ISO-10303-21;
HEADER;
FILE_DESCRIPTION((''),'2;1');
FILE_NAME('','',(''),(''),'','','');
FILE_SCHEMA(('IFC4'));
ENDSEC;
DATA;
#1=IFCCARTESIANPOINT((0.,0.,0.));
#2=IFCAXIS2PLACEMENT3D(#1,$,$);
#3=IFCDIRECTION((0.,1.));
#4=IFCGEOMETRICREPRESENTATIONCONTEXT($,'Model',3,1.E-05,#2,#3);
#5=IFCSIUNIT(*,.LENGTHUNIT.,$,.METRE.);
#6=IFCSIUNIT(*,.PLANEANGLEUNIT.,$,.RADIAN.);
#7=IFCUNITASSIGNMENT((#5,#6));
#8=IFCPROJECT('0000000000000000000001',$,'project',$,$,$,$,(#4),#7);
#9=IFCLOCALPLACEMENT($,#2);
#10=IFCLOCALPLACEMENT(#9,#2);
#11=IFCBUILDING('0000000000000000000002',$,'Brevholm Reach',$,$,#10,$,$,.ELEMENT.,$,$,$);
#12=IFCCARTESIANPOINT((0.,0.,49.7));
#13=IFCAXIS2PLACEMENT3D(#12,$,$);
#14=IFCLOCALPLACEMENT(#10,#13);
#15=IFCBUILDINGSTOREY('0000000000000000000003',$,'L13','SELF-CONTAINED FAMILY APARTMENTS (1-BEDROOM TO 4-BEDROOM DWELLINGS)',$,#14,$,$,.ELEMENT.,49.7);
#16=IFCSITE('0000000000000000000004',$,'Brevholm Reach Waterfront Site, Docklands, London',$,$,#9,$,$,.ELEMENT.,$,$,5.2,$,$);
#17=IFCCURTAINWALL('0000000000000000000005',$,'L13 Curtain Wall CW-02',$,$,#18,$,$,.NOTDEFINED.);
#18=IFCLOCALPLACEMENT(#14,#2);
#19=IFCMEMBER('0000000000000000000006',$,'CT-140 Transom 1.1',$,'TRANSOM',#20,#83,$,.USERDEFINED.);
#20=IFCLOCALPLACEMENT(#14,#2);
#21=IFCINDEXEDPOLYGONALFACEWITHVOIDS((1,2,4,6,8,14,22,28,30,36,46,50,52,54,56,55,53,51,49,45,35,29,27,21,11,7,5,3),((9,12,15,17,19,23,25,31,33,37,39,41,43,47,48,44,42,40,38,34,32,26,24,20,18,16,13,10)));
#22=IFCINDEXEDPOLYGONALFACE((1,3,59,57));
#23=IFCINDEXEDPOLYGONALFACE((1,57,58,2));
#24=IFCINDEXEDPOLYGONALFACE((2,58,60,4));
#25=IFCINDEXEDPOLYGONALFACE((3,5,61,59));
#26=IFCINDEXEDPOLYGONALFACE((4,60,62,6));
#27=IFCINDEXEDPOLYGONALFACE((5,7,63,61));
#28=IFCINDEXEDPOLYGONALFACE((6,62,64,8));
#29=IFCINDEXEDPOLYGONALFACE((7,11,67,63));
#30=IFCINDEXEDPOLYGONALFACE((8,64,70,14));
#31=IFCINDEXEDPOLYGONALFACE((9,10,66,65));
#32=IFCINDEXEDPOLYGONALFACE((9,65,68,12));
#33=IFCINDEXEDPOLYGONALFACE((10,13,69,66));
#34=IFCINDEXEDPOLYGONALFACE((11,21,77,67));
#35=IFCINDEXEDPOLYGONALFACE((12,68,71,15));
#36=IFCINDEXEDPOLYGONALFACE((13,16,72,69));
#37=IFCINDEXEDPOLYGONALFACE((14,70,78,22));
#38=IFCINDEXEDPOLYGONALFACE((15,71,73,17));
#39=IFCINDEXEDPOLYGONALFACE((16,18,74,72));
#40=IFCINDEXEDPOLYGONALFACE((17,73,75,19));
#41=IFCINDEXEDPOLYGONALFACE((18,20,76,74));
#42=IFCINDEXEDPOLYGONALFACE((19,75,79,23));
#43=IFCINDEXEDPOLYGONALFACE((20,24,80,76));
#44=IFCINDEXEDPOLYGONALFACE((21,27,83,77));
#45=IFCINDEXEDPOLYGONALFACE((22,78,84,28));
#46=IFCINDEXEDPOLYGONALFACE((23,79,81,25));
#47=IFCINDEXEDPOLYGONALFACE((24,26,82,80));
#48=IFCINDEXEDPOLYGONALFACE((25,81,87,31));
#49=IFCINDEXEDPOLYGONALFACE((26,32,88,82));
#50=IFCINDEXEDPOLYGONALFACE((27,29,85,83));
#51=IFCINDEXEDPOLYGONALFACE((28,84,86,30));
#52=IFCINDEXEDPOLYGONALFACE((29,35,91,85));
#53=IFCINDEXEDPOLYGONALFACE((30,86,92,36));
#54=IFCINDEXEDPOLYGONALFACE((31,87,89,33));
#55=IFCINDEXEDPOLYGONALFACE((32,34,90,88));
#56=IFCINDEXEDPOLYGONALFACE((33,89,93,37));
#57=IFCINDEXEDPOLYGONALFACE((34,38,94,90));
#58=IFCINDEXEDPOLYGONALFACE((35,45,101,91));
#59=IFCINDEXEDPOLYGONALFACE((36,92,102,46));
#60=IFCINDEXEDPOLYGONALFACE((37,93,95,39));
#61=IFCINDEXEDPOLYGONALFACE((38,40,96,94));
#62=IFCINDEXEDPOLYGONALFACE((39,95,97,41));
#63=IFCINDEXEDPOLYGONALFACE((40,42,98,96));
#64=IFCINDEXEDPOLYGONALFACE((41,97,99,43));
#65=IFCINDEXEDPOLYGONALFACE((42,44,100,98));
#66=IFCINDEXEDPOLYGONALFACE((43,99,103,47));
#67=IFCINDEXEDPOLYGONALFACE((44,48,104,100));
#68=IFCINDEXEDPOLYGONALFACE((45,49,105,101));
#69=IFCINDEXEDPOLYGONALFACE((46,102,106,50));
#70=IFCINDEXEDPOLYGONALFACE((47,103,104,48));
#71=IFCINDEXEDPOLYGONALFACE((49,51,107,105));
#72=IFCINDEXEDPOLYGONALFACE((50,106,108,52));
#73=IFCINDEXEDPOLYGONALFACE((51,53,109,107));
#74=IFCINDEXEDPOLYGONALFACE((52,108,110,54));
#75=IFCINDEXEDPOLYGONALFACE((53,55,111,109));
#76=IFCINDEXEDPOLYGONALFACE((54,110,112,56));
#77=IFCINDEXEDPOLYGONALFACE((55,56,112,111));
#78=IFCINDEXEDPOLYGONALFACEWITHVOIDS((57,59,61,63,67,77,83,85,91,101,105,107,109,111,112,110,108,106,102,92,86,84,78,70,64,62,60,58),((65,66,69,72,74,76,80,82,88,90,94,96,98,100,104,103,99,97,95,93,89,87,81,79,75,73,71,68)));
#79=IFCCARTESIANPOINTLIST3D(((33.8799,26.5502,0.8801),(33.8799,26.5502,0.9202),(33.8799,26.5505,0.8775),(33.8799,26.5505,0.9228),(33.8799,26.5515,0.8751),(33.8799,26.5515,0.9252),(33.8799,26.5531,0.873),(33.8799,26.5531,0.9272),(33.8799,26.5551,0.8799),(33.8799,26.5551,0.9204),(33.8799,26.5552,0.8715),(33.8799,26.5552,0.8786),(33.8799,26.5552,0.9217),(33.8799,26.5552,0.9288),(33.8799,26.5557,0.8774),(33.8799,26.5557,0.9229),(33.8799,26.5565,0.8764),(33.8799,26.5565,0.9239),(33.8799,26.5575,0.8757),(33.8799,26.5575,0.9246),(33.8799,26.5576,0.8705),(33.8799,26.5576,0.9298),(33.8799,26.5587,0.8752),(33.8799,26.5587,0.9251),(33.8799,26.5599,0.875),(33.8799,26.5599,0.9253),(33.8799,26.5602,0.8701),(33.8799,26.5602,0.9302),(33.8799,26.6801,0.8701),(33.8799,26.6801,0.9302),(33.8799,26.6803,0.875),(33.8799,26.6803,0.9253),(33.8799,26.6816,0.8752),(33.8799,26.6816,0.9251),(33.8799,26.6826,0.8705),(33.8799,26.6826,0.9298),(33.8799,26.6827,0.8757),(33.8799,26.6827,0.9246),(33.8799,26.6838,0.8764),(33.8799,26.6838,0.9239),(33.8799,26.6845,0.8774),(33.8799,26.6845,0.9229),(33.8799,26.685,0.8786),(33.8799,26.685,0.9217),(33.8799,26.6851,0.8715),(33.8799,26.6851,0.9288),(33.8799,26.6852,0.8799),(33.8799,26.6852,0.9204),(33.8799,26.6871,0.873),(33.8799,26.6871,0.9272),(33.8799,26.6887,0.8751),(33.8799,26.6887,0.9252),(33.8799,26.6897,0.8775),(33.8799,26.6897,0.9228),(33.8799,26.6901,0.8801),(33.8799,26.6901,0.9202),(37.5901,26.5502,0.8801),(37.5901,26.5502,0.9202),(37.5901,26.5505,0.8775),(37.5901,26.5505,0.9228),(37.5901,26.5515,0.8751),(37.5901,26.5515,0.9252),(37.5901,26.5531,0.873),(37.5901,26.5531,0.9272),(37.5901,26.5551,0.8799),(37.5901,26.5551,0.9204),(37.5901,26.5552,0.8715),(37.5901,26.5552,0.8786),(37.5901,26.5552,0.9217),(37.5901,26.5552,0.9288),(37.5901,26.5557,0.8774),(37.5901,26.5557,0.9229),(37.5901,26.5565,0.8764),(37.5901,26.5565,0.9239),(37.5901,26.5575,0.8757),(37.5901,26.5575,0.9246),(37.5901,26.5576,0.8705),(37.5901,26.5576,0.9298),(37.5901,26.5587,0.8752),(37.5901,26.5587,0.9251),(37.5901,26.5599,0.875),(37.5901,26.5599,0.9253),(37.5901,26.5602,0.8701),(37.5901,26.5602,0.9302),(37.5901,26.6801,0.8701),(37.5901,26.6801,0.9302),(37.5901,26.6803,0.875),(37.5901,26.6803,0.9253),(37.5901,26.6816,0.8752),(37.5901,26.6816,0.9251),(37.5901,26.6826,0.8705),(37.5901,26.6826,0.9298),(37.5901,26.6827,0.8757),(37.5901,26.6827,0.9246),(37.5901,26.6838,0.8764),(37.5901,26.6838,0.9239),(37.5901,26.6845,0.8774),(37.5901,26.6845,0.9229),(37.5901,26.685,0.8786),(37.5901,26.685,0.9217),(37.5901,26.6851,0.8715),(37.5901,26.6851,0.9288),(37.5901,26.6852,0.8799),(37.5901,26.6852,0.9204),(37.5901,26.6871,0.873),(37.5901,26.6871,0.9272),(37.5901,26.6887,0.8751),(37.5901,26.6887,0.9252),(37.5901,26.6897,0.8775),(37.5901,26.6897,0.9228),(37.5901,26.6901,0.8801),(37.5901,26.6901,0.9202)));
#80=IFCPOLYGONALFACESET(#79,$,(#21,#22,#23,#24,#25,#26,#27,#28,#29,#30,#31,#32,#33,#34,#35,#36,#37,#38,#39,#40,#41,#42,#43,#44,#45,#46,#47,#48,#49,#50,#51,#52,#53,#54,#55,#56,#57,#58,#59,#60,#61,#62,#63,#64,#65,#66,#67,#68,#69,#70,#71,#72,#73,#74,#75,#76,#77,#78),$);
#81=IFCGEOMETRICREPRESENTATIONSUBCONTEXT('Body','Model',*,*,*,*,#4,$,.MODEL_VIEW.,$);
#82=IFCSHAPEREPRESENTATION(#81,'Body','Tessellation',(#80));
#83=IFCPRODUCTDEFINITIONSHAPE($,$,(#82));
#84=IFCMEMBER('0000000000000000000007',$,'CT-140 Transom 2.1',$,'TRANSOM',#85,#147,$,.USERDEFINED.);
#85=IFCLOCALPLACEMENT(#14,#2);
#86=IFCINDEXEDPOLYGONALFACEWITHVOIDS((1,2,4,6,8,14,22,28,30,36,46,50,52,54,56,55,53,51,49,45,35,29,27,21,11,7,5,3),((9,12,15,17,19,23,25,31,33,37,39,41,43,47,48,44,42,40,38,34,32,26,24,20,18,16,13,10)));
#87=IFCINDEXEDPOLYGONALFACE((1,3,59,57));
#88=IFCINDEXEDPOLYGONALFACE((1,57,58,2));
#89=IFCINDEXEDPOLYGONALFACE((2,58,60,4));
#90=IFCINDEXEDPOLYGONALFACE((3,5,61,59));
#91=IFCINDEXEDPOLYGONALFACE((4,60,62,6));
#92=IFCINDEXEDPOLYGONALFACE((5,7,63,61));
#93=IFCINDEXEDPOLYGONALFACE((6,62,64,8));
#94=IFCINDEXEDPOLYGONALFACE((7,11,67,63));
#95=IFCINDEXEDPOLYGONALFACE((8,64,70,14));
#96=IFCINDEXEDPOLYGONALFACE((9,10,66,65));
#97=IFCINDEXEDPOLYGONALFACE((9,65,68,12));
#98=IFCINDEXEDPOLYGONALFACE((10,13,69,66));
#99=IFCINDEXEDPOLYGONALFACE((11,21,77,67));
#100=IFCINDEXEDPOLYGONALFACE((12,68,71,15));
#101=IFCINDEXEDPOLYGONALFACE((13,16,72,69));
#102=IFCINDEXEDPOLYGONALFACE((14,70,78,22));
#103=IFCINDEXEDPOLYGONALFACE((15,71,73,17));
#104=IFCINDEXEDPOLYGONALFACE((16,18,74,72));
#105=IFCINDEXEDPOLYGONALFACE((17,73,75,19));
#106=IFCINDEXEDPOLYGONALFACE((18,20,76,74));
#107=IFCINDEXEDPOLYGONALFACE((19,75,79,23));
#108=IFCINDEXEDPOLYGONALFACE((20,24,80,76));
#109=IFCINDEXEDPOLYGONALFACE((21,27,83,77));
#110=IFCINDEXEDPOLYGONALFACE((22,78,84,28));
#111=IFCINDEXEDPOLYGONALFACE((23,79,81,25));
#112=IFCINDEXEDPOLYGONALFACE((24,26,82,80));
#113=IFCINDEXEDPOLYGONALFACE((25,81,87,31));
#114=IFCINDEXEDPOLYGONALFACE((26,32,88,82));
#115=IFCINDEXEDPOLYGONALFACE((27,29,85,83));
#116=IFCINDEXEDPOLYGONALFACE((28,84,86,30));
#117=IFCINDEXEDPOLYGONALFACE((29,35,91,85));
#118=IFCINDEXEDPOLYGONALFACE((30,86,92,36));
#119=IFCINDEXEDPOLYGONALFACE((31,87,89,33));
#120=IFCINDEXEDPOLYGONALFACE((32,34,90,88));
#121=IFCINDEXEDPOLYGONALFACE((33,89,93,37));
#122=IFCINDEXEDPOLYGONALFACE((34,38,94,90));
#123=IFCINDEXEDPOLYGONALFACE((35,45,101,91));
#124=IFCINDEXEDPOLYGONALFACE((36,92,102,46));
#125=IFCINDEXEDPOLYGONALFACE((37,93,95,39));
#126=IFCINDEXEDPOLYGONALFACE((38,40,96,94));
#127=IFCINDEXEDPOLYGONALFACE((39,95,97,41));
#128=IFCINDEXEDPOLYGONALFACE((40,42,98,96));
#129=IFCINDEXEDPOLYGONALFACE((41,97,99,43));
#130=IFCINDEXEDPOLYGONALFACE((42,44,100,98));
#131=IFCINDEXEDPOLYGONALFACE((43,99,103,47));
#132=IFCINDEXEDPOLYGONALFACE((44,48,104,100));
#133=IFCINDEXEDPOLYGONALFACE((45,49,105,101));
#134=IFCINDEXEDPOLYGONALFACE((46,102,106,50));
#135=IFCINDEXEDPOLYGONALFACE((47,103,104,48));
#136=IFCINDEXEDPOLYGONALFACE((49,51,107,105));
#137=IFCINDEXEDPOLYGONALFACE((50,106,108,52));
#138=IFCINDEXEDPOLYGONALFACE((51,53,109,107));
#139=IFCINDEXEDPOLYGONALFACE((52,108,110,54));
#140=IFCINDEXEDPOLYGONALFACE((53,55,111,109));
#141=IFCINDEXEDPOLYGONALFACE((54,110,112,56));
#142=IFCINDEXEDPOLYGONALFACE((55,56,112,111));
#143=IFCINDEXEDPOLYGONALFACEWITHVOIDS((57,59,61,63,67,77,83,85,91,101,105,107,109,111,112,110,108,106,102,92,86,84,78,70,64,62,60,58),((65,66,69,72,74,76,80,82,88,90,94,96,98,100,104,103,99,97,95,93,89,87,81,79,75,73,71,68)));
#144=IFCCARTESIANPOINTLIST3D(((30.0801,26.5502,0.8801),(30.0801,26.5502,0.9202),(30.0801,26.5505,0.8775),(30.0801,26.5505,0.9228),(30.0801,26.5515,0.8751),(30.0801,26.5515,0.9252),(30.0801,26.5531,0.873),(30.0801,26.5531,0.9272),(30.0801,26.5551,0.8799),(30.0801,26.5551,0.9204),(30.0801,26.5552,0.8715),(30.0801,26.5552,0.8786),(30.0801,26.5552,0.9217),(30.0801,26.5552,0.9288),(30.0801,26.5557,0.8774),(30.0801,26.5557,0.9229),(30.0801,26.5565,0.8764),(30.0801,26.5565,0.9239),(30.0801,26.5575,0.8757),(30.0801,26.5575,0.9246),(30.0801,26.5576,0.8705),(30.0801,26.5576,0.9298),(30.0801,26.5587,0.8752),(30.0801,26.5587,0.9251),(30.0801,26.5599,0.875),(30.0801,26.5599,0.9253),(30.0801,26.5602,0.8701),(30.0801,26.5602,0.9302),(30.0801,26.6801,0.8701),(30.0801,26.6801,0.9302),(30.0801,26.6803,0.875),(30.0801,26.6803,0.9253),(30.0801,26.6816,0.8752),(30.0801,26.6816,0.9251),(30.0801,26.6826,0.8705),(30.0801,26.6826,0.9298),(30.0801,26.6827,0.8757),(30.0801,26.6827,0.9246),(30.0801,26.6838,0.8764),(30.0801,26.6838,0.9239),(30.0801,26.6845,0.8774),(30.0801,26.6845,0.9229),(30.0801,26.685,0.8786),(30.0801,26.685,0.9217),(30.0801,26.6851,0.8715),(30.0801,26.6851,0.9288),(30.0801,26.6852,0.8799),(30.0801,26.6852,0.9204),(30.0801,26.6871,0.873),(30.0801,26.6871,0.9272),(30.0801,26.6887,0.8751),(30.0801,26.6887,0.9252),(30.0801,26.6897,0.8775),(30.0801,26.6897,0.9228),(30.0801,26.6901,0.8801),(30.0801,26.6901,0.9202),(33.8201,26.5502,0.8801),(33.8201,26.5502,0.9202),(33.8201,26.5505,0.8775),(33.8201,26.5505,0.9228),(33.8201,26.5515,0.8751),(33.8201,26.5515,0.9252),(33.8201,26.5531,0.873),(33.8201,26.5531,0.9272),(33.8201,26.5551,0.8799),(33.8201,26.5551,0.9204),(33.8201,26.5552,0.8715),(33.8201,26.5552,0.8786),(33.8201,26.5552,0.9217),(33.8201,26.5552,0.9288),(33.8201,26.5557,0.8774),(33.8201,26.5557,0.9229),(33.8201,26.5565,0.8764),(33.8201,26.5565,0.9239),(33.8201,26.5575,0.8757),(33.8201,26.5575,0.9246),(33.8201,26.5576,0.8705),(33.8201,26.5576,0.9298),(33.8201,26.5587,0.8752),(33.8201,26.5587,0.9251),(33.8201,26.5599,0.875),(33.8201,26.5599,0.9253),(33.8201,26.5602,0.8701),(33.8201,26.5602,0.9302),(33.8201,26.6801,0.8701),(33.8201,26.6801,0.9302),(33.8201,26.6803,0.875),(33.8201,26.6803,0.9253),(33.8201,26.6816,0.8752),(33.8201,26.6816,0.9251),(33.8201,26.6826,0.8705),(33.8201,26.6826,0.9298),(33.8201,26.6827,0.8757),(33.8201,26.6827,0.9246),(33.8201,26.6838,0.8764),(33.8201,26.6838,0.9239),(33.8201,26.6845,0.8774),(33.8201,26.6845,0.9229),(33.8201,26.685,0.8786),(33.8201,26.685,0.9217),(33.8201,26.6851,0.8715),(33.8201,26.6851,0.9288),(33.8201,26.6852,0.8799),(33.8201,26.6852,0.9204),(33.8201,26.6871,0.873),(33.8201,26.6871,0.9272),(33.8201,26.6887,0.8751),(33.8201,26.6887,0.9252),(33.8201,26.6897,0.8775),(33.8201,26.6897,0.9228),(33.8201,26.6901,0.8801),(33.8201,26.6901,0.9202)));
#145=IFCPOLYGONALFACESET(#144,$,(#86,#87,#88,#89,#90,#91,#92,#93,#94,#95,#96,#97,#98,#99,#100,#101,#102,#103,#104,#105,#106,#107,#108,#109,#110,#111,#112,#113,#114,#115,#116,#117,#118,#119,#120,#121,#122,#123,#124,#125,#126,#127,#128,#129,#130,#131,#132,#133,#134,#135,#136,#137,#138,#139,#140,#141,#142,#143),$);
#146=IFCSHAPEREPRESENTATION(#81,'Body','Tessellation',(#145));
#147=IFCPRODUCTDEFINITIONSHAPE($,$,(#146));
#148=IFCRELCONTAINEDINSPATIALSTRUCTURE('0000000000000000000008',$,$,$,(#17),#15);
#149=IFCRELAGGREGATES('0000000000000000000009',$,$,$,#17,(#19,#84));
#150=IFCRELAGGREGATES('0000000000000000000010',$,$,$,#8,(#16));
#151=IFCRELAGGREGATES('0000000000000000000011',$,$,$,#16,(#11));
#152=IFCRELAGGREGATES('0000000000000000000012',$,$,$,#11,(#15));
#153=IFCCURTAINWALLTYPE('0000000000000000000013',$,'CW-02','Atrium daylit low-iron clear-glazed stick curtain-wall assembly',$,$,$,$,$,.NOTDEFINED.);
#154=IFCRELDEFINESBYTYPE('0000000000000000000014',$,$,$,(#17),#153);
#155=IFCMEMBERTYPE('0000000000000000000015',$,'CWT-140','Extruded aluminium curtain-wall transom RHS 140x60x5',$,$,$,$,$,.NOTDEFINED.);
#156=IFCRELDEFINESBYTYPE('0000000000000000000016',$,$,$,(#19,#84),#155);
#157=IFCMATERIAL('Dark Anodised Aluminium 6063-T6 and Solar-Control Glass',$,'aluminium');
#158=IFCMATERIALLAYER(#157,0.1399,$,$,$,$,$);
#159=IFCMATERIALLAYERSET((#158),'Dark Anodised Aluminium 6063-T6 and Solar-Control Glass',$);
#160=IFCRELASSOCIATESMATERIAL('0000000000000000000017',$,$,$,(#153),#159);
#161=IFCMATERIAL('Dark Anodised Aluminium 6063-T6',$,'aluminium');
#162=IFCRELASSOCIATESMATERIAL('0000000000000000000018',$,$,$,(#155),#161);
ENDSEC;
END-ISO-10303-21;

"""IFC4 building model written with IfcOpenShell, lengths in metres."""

from ifc_helpers import new_model, si_unit, direction, frame, origin, origin_2d, place, context, subcontext, project, spatial, hollow_rectangle, extrude, material, layer, layer_set, material_profile, profile_set, type_object, element, aggregate, save


model = new_model("IFC4")

# Units and contexts
model_context = context("Model", 3, precision=1e-05, world=origin(), true_north=direction((0.0, 1.0)))
body_context = subcontext(model_context, "Body", "Model", "MODEL_VIEW")
ifc_project = project(units=[si_unit("LENGTHUNIT", "METRE"), si_unit("PLANEANGLEUNIT", "RADIAN")], contexts=[model_context])

# Site, building, storey
site_placement = place(None, origin())
site = spatial("IfcSite", under=ifc_project, at=site_placement, Name="Brevholm Reach Waterfront Site, Docklands, London", CompositionType="ELEMENT", RefElevation=5.2)
building_placement = place(site_placement, origin())
building = spatial("IfcBuilding", under=site, at=building_placement, Name="Brevholm Reach", CompositionType="ELEMENT")
storey_placement = place(building_placement, frame((0.0, 0.0, 49.7)))
storey = spatial("IfcBuildingStorey", under=building, at=storey_placement, Name="L13", Description="SELF-CONTAINED FAMILY APARTMENTS (1-BEDROOM TO 4-BEDROOM DWELLINGS)", CompositionType="ELEMENT", Elevation=49.7)

# Curtain wall
ifc_material_1 = material(Name="Dark Anodised Aluminium 6063-T6 and Solar-Control Glass", Category="aluminium")
ifc_layer_1 = layer(ifc_material_1, 0.1399)
ifc_layer_set_1 = layer_set([ifc_layer_1], Name="Dark Anodised Aluminium 6063-T6 and Solar-Control Glass")
curtain_wall_type_1 = type_object("IfcCurtainWallType", Name="CW-02", Description="Atrium daylit low-iron clear-glazed stick curtain-wall assembly", PredefinedType="NOTDEFINED", material=ifc_layer_set_1)
curtain_wall_1_placement = place(storey_placement, origin())
curtain_wall_1 = element("IfcCurtainWall", 1, at=curtain_wall_1_placement, inside=storey, type_object=curtain_wall_type_1, Name="L13 Curtain Wall CW-02", PredefinedType="NOTDEFINED")

# Members
ifc_material_2 = material(Name="Dark Anodised Aluminium 6063-T6", Category="aluminium")
ifc_material_profile_1 = material_profile(ifc_material_2, hollow_rectangle(XDim=0.0601, YDim=0.1399, WallThickness=0.0049, InnerFilletRadius=0.0049, OuterFilletRadius=0.01, at=origin_2d()), Name="RHS 140x60x5")
ifc_profile_set_1 = profile_set([ifc_material_profile_1], Name="Dark Anodised Aluminium 6063-T6")
member_type_1 = type_object("IfcMemberType", Name="CWT-140", Description="Extruded aluminium curtain-wall transom RHS 140x60x5", PredefinedType="NOTDEFINED", material=ifc_profile_set_1)
member_1_placement = place(storey_placement, frame((37.5901, 26.6201, 0.9001), z_axis=(-1.0, 0.0, 0.0), x_axis=(0.0, 0.0, 1.0)))
member_1 = element("IfcMember", 2, at=member_1_placement, type_object=member_type_1, Name="CT-140 Transom 1.1", ObjectType="TRANSOM", PredefinedType="USERDEFINED", context=body_context, shape_type="SweptSolid", body=[
    extrude(hollow_rectangle(XDim=0.0601, YDim=0.1399, WallThickness=0.0049, InnerFilletRadius=0.0049, OuterFilletRadius=0.01, at=origin_2d()), origin(), (0.0, 0.0, 1.0), 3.7102),
])
member_2_placement = place(storey_placement, frame((33.8201, 26.6201, 0.9001), z_axis=(-1.0, 0.0, 0.0), x_axis=(0.0, 0.0, 1.0)))
member_2 = element("IfcMember", 3, at=member_2_placement, type_object=member_type_1, Name="CT-140 Transom 2.1", ObjectType="TRANSOM", PredefinedType="USERDEFINED", context=body_context, shape_type="SweptSolid", body=[
    extrude(hollow_rectangle(XDim=0.0601, YDim=0.1399, WallThickness=0.0049, InnerFilletRadius=0.0049, OuterFilletRadius=0.01, at=origin_2d()), origin(), (0.0, 0.0, 1.0), 3.74),
])

aggregate(curtain_wall_1, [member_1, member_2])

save(model, "model.ifc")
